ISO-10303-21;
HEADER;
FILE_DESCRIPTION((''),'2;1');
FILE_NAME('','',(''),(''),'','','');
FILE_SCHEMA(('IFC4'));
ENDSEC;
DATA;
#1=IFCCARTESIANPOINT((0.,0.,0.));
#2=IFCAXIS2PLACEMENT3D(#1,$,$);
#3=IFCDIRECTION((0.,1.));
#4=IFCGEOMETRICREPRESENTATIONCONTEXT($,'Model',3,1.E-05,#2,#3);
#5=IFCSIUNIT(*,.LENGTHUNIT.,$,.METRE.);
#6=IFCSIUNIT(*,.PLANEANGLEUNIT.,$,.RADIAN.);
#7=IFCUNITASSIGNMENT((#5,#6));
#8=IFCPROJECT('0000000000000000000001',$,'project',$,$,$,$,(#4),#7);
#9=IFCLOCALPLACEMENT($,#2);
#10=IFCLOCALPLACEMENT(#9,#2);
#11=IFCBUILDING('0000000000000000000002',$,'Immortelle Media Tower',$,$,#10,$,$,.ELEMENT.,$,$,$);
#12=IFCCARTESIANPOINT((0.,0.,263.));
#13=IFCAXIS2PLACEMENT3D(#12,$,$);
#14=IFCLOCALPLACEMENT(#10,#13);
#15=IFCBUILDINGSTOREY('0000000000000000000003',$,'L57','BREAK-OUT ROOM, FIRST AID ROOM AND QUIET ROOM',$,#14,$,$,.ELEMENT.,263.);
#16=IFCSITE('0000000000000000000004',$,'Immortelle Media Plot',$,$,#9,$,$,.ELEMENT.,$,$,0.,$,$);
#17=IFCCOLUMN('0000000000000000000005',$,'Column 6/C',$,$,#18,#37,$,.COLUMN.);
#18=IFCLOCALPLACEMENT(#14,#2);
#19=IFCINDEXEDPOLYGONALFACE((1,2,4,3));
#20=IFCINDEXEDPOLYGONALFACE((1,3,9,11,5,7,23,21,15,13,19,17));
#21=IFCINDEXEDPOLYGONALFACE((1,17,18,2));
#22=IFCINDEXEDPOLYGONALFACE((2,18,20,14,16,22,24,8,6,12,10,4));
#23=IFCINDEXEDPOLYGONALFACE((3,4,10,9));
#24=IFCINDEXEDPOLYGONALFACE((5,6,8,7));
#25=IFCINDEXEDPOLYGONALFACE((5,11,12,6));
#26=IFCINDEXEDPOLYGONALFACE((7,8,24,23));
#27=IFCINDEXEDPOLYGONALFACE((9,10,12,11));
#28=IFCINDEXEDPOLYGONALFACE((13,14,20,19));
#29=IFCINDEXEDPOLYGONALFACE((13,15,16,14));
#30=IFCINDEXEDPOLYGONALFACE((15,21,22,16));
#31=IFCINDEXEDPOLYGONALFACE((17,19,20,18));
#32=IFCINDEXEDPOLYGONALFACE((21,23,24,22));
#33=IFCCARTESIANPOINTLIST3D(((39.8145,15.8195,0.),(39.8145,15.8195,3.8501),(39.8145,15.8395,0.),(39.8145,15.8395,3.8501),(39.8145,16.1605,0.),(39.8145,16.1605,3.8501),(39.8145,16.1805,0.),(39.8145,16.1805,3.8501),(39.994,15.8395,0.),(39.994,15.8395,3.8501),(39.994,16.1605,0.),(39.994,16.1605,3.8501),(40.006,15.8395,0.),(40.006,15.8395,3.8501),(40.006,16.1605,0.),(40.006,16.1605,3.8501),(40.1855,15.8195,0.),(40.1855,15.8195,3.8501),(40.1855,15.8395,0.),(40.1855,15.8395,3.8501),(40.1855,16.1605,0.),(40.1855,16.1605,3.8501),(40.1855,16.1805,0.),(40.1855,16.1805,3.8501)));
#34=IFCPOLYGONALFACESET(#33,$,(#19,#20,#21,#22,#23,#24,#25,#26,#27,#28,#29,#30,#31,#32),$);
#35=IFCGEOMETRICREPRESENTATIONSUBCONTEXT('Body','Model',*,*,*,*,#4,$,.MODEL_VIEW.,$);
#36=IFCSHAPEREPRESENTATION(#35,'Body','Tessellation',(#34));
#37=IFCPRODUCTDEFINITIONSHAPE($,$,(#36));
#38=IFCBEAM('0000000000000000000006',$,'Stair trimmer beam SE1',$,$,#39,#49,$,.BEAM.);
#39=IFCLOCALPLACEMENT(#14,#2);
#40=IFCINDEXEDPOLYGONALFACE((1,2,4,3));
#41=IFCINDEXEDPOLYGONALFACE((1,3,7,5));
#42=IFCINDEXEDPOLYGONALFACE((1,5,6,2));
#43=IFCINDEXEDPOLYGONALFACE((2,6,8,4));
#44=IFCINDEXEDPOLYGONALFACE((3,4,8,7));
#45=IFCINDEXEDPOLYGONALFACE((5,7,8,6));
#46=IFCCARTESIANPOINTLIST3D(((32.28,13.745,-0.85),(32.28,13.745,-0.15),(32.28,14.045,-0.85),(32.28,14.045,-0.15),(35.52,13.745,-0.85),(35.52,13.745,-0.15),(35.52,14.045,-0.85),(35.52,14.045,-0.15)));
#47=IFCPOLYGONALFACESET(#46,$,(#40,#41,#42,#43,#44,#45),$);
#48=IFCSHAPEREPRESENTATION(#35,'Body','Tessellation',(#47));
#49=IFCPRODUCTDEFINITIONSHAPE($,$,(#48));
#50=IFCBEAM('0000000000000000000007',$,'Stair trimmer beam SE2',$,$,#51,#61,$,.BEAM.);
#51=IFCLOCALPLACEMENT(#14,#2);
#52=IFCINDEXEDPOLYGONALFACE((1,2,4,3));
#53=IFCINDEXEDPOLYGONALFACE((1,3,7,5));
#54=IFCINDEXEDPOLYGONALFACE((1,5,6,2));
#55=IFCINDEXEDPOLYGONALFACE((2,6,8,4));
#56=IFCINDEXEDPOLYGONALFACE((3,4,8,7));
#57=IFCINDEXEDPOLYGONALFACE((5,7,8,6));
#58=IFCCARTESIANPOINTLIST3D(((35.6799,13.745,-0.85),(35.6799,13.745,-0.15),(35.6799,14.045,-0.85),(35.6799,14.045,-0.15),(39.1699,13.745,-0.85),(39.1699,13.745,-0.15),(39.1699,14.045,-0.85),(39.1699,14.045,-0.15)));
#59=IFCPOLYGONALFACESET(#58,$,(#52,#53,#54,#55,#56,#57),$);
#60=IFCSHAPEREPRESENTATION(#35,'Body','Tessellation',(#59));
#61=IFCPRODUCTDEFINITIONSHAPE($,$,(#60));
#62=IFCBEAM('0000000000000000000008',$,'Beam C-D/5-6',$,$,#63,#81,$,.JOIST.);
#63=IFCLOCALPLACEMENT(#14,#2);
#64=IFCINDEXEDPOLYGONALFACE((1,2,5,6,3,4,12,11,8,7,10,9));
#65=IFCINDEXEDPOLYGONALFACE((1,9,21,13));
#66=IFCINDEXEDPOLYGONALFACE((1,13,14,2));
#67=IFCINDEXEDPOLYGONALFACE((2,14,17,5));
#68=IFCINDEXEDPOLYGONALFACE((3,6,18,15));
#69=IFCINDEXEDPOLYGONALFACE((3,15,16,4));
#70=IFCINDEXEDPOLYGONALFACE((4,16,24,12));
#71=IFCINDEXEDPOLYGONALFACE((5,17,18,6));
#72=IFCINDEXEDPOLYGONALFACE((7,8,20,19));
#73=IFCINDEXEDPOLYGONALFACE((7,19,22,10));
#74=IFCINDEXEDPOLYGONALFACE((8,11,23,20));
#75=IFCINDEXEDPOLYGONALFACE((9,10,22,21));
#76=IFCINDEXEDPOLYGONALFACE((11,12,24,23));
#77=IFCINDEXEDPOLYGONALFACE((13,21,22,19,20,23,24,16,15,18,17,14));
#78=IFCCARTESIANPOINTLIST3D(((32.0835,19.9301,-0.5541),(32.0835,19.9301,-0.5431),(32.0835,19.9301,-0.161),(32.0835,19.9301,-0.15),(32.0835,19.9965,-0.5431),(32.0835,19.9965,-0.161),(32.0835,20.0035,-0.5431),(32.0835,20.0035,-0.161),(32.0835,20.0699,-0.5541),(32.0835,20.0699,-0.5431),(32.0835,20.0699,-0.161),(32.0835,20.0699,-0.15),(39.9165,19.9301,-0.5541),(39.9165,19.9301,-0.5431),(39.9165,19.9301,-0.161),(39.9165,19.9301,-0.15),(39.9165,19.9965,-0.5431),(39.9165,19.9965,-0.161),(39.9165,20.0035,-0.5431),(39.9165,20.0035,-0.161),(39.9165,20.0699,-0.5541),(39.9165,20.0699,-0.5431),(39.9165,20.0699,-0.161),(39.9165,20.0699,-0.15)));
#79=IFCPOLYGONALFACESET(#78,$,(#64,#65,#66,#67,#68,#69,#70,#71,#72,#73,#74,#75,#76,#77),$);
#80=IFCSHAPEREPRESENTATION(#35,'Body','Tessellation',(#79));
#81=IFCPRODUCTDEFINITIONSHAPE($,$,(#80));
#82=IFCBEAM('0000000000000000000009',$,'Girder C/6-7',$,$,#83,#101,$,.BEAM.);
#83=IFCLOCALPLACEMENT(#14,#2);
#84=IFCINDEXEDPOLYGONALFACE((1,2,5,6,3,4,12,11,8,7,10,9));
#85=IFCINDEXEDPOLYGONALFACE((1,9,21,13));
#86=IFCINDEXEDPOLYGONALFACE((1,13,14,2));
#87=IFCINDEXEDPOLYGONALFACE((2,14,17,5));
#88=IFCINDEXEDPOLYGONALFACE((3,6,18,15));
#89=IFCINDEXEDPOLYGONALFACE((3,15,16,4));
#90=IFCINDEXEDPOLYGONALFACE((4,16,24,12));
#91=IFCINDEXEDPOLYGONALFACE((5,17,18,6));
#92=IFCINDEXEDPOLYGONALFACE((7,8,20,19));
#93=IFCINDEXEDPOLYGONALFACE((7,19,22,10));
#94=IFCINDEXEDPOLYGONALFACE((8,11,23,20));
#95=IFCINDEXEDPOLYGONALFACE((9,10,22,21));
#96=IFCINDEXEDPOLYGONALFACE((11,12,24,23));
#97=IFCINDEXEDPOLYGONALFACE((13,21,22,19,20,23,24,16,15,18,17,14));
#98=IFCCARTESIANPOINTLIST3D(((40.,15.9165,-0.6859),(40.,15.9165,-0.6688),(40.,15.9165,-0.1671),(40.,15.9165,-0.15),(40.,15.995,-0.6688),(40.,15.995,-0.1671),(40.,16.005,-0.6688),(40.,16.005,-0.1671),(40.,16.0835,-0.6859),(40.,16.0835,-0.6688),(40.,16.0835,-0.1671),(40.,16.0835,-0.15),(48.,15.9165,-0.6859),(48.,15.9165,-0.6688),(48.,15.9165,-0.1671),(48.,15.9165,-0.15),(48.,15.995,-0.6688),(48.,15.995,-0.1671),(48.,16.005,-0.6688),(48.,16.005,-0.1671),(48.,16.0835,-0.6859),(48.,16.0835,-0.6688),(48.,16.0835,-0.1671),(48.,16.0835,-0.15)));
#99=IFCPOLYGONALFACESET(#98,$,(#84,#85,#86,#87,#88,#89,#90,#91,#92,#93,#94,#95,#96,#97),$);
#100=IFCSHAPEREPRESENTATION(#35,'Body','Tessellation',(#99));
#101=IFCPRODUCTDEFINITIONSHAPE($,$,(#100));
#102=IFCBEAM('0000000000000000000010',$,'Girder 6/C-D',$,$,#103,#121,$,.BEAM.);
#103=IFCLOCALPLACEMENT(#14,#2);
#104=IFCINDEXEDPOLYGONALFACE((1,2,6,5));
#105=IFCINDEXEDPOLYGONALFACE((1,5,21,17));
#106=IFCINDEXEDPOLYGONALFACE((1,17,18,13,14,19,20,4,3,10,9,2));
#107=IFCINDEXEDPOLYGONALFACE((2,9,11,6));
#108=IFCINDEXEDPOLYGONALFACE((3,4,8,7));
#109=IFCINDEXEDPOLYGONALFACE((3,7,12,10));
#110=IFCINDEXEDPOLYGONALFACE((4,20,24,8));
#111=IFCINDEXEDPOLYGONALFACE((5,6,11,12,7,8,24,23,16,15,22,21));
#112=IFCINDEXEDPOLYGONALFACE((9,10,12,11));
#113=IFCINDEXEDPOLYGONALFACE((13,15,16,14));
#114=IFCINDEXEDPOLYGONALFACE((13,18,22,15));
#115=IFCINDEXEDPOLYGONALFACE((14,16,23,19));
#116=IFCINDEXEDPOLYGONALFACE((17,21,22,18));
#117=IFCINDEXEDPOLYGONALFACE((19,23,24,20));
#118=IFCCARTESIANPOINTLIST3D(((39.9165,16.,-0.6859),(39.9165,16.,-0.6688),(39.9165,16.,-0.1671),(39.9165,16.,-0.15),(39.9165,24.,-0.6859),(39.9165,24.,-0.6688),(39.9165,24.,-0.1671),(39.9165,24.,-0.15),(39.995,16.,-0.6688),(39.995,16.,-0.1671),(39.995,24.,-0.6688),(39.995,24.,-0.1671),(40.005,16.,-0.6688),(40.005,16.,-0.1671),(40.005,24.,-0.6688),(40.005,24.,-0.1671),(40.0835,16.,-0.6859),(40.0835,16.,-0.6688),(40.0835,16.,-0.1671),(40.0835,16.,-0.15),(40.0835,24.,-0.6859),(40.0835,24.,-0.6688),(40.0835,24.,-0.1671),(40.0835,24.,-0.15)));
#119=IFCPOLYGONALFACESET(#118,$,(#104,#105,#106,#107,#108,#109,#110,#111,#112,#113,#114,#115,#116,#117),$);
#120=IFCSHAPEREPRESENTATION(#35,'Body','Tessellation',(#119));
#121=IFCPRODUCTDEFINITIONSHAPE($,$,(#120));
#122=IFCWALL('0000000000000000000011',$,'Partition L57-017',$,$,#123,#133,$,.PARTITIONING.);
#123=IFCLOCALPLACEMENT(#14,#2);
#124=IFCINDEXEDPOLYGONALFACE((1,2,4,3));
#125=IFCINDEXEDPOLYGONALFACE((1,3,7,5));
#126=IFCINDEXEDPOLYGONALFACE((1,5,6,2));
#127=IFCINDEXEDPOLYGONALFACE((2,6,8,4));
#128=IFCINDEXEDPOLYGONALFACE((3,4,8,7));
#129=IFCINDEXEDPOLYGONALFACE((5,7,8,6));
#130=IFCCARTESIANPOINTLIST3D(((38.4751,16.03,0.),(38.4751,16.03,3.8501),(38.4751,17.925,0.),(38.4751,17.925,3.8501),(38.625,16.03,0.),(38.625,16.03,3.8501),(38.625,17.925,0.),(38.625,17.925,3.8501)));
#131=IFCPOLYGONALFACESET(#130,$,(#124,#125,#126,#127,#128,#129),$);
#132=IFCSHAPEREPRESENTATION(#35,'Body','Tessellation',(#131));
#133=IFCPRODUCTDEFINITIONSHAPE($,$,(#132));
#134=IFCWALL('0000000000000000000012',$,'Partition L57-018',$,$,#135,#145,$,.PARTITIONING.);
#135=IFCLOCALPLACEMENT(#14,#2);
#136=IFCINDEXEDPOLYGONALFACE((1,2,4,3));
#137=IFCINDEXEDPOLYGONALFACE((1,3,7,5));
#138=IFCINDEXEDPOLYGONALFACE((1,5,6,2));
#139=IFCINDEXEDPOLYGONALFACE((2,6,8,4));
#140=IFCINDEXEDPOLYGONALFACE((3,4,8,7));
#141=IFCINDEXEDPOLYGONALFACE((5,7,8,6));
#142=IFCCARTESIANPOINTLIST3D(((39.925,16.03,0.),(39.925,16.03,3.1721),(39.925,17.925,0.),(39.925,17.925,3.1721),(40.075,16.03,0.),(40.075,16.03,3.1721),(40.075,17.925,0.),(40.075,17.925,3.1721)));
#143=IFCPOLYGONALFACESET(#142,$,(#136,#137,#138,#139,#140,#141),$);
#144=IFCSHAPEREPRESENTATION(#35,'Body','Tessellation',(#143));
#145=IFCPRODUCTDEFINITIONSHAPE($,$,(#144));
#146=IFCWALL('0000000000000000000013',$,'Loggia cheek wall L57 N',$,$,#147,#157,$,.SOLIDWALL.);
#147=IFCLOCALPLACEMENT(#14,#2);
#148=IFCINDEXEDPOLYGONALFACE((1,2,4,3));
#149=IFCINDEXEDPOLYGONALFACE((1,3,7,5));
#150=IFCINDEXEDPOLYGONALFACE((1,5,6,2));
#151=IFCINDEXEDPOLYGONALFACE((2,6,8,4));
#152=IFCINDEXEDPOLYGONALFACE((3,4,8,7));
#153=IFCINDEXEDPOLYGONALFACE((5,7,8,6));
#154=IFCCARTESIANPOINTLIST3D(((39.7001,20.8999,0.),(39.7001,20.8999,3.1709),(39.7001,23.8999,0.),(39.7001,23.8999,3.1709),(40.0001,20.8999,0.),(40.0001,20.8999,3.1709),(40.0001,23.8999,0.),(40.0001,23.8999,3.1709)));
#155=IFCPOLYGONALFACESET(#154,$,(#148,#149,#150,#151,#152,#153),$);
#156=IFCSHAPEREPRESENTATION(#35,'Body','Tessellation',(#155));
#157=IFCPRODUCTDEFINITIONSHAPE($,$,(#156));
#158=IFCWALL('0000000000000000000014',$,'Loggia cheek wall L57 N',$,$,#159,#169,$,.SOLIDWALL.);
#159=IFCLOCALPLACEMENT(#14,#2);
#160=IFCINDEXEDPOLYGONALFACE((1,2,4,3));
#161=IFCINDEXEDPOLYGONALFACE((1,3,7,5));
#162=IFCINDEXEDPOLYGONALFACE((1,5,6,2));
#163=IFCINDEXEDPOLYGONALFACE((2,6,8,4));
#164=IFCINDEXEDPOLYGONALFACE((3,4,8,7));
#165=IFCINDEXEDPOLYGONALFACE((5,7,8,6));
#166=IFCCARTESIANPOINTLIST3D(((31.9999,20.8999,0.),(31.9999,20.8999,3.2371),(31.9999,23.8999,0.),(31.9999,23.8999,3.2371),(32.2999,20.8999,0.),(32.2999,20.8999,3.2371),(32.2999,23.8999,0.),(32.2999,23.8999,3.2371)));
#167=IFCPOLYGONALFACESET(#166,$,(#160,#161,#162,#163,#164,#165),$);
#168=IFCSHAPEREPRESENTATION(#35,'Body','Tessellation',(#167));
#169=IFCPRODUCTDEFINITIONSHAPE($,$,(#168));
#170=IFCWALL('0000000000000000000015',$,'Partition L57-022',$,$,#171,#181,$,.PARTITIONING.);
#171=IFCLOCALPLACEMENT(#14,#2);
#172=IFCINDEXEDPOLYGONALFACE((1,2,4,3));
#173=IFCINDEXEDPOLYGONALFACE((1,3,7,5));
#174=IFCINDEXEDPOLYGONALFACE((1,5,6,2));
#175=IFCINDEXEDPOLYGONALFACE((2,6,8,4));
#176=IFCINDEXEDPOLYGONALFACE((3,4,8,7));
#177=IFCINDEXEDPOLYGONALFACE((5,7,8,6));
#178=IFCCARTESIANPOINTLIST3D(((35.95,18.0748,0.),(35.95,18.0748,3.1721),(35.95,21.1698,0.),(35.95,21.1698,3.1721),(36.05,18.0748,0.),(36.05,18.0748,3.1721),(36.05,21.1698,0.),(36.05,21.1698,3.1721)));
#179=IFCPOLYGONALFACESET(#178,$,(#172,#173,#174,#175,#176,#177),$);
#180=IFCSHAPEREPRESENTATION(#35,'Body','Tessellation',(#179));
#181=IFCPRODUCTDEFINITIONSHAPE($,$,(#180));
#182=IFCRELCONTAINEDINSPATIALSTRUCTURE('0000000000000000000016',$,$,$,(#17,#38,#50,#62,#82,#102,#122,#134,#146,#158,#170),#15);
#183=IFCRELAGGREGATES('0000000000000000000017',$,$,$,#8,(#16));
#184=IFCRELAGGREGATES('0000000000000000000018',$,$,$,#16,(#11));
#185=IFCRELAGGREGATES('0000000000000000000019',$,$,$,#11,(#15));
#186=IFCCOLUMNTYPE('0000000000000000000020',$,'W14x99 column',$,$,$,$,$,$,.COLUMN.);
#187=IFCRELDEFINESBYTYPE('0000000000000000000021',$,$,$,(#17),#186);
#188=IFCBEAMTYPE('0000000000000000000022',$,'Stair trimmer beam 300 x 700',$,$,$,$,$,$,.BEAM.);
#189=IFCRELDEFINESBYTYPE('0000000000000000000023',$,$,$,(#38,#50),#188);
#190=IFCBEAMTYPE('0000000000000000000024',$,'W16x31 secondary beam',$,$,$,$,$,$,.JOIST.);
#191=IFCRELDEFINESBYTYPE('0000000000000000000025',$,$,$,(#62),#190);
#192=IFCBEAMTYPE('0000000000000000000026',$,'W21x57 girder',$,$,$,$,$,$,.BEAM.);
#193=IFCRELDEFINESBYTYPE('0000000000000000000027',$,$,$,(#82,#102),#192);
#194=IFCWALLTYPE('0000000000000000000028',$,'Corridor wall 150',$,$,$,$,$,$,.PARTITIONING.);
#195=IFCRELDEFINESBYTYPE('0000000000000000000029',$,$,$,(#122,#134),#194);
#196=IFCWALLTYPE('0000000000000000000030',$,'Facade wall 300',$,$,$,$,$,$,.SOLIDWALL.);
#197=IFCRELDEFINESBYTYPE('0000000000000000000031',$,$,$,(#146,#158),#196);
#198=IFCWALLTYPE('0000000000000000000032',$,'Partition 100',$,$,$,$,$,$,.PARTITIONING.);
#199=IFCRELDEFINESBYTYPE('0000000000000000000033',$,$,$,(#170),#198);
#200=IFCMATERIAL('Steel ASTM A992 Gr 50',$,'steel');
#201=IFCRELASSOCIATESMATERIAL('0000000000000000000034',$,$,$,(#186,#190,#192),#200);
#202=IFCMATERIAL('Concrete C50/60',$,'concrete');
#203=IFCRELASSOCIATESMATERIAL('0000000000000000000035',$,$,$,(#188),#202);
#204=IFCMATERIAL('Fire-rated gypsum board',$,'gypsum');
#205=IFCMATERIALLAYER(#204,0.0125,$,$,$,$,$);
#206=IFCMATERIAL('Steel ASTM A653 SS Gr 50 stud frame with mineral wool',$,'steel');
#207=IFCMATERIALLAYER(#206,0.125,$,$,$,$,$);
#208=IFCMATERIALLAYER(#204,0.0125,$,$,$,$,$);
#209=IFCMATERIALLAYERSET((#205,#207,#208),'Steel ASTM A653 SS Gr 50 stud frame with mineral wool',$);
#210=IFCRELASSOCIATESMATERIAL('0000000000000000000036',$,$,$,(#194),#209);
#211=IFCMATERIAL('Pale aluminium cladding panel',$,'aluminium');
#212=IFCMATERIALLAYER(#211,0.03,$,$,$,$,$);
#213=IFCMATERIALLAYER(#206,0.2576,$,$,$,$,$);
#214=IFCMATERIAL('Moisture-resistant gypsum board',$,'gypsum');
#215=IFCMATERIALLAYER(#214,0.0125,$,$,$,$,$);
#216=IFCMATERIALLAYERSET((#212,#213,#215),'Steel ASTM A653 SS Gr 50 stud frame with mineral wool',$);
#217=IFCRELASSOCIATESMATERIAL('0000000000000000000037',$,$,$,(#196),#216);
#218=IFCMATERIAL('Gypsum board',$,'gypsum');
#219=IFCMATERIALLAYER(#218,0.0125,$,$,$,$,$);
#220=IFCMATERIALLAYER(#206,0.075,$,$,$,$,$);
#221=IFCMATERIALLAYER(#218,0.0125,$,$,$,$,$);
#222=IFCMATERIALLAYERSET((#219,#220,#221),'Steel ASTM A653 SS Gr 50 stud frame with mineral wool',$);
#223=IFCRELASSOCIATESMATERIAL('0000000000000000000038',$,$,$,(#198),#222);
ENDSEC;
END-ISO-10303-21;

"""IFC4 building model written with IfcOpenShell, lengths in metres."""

from ifc_helpers import new_model, si_unit, direction, frame, frame_2d, origin, origin_2d, place, context, subcontext, project, spatial, rectangle, i_section, extrude, material, layer, layer_set, material_profile, profile_set, type_object, element, save


model = new_model("IFC4")

# Units and contexts
model_context = context("Model", 3, precision=1e-05, world=origin(), true_north=direction((0.0, 1.0)))
body_context = subcontext(model_context, "Body", "Model", "MODEL_VIEW")
ifc_project = project(units=[si_unit("LENGTHUNIT", "METRE"), si_unit("PLANEANGLEUNIT", "RADIAN")], contexts=[model_context])

# Site, building, storey
site_placement = place(None, origin())
site = spatial("IfcSite", under=ifc_project, at=site_placement, Name="Immortelle Media Plot", CompositionType="ELEMENT", RefElevation=0.0)
building_placement = place(site_placement, origin())
building = spatial("IfcBuilding", under=site, at=building_placement, Name="Immortelle Media Tower", CompositionType="ELEMENT")
storey_placement = place(building_placement, frame((0.0, 0.0, 263.0)))
storey = spatial("IfcBuildingStorey", under=building, at=storey_placement, Name="L57", Description="BREAK-OUT ROOM, FIRST AID ROOM AND QUIET ROOM", CompositionType="ELEMENT", Elevation=263.0)

# Column
ifc_material_1 = material(Name="Steel ASTM A992 Gr 50", Category="steel")
ifc_material_profile_1 = material_profile(ifc_material_1, i_section(OverallWidth=0.3711, OverallDepth=0.3611, WebThickness=0.012, FlangeThickness=0.02, at=origin_2d()), Name="W14x99")
ifc_profile_set_1 = profile_set([ifc_material_profile_1], Name="Steel ASTM A992 Gr 50")
column_type = type_object("IfcColumnType", Name="W14x99 column", PredefinedType="COLUMN", material=ifc_profile_set_1)
column_placement = place(storey_placement, frame((40.0, 16.0, 0.0), z_axis=(0.0, 0.0, 1.0), x_axis=(1.0, 0.0, 0.0)))
element("IfcColumn", 1, at=column_placement, inside=storey, type_object=column_type, Name="Column 6/C", PredefinedType="COLUMN", context=body_context, shape_type="SweptSolid", body=[
    extrude(i_section(OverallWidth=0.3711, OverallDepth=0.3611, WebThickness=0.012, FlangeThickness=0.02, at=origin_2d()), origin(), (0.0, 0.0, 1.0), 3.8501),
])

# Beams
ifc_material_2 = material(Name="Concrete C50/60", Category="concrete")
ifc_material_profile_2 = material_profile(ifc_material_2, rectangle(XDim=0.3, YDim=0.7, at=origin_2d()), Name="RC 300x700")
ifc_profile_set_2 = profile_set([ifc_material_profile_2], Name="Concrete C50/60")
beam_type_1 = type_object("IfcBeamType", Name="Stair trimmer beam 300 x 700", PredefinedType="BEAM", material=ifc_profile_set_2)
beam_1_placement = place(storey_placement, frame((32.28, 13.895, -0.5), z_axis=(1.0, 0.0, 0.0), x_axis=(0.0, 1.0, 0.0)))
element("IfcBeam", 2, at=beam_1_placement, inside=storey, type_object=beam_type_1, Name="Stair trimmer beam SE1", PredefinedType="BEAM", context=body_context, shape_type="SweptSolid", body=[
    extrude(rectangle(XDim=0.3, YDim=0.7, at=origin_2d()), origin(), (0.0, 0.0, 1.0), 3.24),
])
beam_2_placement = place(storey_placement, frame((35.6799, 13.895, -0.5), z_axis=(1.0, 0.0, 0.0), x_axis=(0.0, 1.0, 0.0)))
element("IfcBeam", 3, at=beam_2_placement, inside=storey, type_object=beam_type_1, Name="Stair trimmer beam SE2", PredefinedType="BEAM", context=body_context, shape_type="SweptSolid", body=[
    extrude(rectangle(XDim=0.3, YDim=0.7, at=origin_2d()), origin(), (0.0, 0.0, 1.0), 3.49),
])
ifc_material_profile_3 = material_profile(ifc_material_1, i_section(OverallWidth=0.1399, OverallDepth=0.4041, WebThickness=0.0071, FlangeThickness=0.011, at=origin_2d()), Name="W16x31")
ifc_profile_set_3 = profile_set([ifc_material_profile_3], Name="Steel ASTM A992 Gr 50")
beam_type_2 = type_object("IfcBeamType", Name="W16x31 secondary beam", PredefinedType="JOIST", material=ifc_profile_set_3)
beam_3_placement = place(storey_placement, frame((32.0835, 20.0, -0.3521), z_axis=(1.0, 0.0, 0.0), x_axis=(0.0, 1.0, 0.0)))
element("IfcBeam", 4, at=beam_3_placement, inside=storey, type_object=beam_type_2, Name="Beam C-D/5-6", PredefinedType="JOIST", context=body_context, shape_type="SweptSolid", body=[
    extrude(i_section(OverallWidth=0.1399, OverallDepth=0.4041, WebThickness=0.0071, FlangeThickness=0.011, at=origin_2d()), origin(), (0.0, 0.0, 1.0), 7.833),
])
ifc_material_profile_4 = material_profile(ifc_material_1, i_section(OverallWidth=0.167, OverallDepth=0.5359, WebThickness=0.01, FlangeThickness=0.0171, at=origin_2d()), Name="W21x57")
ifc_profile_set_4 = profile_set([ifc_material_profile_4], Name="Steel ASTM A992 Gr 50")
beam_type_3 = type_object("IfcBeamType", Name="W21x57 girder", PredefinedType="BEAM", material=ifc_profile_set_4)
for number, where, z_axis, x_axis, name in (
    (5, (40.0, 16.0, -0.418), (1.0, 0.0, 0.0), (0.0, 1.0, 0.0), "Girder C/6-7"),
    (6, (40.0, 16.0, -0.418), (0.0, 1.0, 0.0), (-1.0, 0.0, 0.0), "Girder 6/C-D"),
):
    element("IfcBeam", number, at=place(storey_placement, frame(where, z_axis=z_axis, x_axis=x_axis)), inside=storey, type_object=beam_type_3, Name=name, PredefinedType="BEAM", context=body_context, shape_type="SweptSolid", body=[
        extrude(i_section(OverallWidth=0.167, OverallDepth=0.5359, WebThickness=0.01, FlangeThickness=0.0171, at=origin_2d()), origin(), (0.0, 0.0, 1.0), 8.0),
    ])

# Walls
ifc_material_3 = material(Name="Fire-rated gypsum board", Category="gypsum")
ifc_layer_1 = layer(ifc_material_3, 0.0125)
ifc_material_4 = material(Name="Steel ASTM A653 SS Gr 50 stud frame with mineral wool", Category="steel")
ifc_layer_2 = layer(ifc_material_4, 0.125)
ifc_layer_3 = layer(ifc_material_3, 0.0125)
ifc_layer_set_1 = layer_set([ifc_layer_1, ifc_layer_2, ifc_layer_3], Name="Steel ASTM A653 SS Gr 50 stud frame with mineral wool")
wall_type_1 = type_object("IfcWallType", Name="Corridor wall 150", PredefinedType="PARTITIONING", material=ifc_layer_set_1)
wall_1_placement = place(storey_placement, frame((38.55, 16.03, 0.0), z_axis=(0.0, 0.0, 1.0), x_axis=(0.0, 1.0, 0.0)))
element("IfcWall", 7, at=wall_1_placement, inside=storey, type_object=wall_type_1, Name="Partition L57-017", PredefinedType="PARTITIONING", context=body_context, shape_type="SweptSolid", body=[
    extrude(rectangle(XDim=1.895, YDim=0.1499, at=frame_2d((0.9475, 0.0))), origin(), (0.0, 0.0, 1.0), 3.8501),
])
wall_2_placement = place(storey_placement, frame((40.0, 16.03, 0.0), z_axis=(0.0, 0.0, 1.0), x_axis=(0.0, 1.0, 0.0)))
element("IfcWall", 8, at=wall_2_placement, inside=storey, type_object=wall_type_1, Name="Partition L57-018", PredefinedType="PARTITIONING", context=body_context, shape_type="SweptSolid", body=[
    extrude(rectangle(XDim=1.895, YDim=0.1499, at=frame_2d((0.9475, 0.0))), origin(), (0.0, 0.0, 1.0), 3.1721),
])

# Shared definitions
ifc_material_5 = material(Name="Pale aluminium cladding panel", Category="aluminium")
ifc_layer_4 = layer(ifc_material_5, 0.03)
ifc_layer_5 = layer(ifc_material_4, 0.2576)
ifc_material_6 = material(Name="Moisture-resistant gypsum board", Category="gypsum")
ifc_layer_6 = layer(ifc_material_6, 0.0125)
ifc_layer_set_2 = layer_set([ifc_layer_4, ifc_layer_5, ifc_layer_6], Name="Steel ASTM A653 SS Gr 50 stud frame with mineral wool")
wall_type_2 = type_object("IfcWallType", Name="Facade wall 300", PredefinedType="SOLIDWALL", material=ifc_layer_set_2)

# Walls
wall_3_placement = place(storey_placement, frame((39.8501, 23.8999, 0.0), z_axis=(0.0, 0.0, 1.0), x_axis=(0.0, -1.0, 0.0)))
element("IfcWall", 9, at=wall_3_placement, inside=storey, type_object=wall_type_2, Name="Loggia cheek wall L57 N", PredefinedType="SOLIDWALL", context=body_context, shape_type="SweptSolid", body=[
    extrude(rectangle(XDim=3.0, YDim=0.3, at=frame_2d((1.5, 0.0))), origin(), (0.0, 0.0, 1.0), 3.1709),
])
wall_4_placement = place(storey_placement, frame((32.1499, 23.8999, 0.0), z_axis=(0.0, 0.0, 1.0), x_axis=(0.0, -1.0, 0.0)))
element("IfcWall", 10, at=wall_4_placement, inside=storey, type_object=wall_type_2, Name="Loggia cheek wall L57 N", PredefinedType="SOLIDWALL", context=body_context, shape_type="SweptSolid", body=[
    extrude(rectangle(XDim=3.0, YDim=0.3, at=frame_2d((1.5, 0.0))), origin(), (0.0, 0.0, 1.0), 3.2371),
])
ifc_material_7 = material(Name="Gypsum board", Category="gypsum")
ifc_layer_7 = layer(ifc_material_7, 0.0125)
ifc_layer_8 = layer(ifc_material_4, 0.075)
ifc_layer_9 = layer(ifc_material_7, 0.0125)
ifc_layer_set_3 = layer_set([ifc_layer_7, ifc_layer_8, ifc_layer_9], Name="Steel ASTM A653 SS Gr 50 stud frame with mineral wool")
wall_type_3 = type_object("IfcWallType", Name="Partition 100", PredefinedType="PARTITIONING", material=ifc_layer_set_3)
wall_5_placement = place(storey_placement, frame((36.0, 18.075, 0.0), z_axis=(0.0, 0.0, 1.0), x_axis=(0.0, 1.0, 0.0)))
element("IfcWall", 11, at=wall_5_placement, inside=storey, type_object=wall_type_3, Name="Partition L57-022", PredefinedType="PARTITIONING", context=body_context, shape_type="SweptSolid", body=[
    extrude(rectangle(XDim=3.095, YDim=0.1001, at=frame_2d((1.5474, 0.0))), origin(), (0.0, 0.0, 1.0), 3.1721),
])

save(model, "model.ifc")
